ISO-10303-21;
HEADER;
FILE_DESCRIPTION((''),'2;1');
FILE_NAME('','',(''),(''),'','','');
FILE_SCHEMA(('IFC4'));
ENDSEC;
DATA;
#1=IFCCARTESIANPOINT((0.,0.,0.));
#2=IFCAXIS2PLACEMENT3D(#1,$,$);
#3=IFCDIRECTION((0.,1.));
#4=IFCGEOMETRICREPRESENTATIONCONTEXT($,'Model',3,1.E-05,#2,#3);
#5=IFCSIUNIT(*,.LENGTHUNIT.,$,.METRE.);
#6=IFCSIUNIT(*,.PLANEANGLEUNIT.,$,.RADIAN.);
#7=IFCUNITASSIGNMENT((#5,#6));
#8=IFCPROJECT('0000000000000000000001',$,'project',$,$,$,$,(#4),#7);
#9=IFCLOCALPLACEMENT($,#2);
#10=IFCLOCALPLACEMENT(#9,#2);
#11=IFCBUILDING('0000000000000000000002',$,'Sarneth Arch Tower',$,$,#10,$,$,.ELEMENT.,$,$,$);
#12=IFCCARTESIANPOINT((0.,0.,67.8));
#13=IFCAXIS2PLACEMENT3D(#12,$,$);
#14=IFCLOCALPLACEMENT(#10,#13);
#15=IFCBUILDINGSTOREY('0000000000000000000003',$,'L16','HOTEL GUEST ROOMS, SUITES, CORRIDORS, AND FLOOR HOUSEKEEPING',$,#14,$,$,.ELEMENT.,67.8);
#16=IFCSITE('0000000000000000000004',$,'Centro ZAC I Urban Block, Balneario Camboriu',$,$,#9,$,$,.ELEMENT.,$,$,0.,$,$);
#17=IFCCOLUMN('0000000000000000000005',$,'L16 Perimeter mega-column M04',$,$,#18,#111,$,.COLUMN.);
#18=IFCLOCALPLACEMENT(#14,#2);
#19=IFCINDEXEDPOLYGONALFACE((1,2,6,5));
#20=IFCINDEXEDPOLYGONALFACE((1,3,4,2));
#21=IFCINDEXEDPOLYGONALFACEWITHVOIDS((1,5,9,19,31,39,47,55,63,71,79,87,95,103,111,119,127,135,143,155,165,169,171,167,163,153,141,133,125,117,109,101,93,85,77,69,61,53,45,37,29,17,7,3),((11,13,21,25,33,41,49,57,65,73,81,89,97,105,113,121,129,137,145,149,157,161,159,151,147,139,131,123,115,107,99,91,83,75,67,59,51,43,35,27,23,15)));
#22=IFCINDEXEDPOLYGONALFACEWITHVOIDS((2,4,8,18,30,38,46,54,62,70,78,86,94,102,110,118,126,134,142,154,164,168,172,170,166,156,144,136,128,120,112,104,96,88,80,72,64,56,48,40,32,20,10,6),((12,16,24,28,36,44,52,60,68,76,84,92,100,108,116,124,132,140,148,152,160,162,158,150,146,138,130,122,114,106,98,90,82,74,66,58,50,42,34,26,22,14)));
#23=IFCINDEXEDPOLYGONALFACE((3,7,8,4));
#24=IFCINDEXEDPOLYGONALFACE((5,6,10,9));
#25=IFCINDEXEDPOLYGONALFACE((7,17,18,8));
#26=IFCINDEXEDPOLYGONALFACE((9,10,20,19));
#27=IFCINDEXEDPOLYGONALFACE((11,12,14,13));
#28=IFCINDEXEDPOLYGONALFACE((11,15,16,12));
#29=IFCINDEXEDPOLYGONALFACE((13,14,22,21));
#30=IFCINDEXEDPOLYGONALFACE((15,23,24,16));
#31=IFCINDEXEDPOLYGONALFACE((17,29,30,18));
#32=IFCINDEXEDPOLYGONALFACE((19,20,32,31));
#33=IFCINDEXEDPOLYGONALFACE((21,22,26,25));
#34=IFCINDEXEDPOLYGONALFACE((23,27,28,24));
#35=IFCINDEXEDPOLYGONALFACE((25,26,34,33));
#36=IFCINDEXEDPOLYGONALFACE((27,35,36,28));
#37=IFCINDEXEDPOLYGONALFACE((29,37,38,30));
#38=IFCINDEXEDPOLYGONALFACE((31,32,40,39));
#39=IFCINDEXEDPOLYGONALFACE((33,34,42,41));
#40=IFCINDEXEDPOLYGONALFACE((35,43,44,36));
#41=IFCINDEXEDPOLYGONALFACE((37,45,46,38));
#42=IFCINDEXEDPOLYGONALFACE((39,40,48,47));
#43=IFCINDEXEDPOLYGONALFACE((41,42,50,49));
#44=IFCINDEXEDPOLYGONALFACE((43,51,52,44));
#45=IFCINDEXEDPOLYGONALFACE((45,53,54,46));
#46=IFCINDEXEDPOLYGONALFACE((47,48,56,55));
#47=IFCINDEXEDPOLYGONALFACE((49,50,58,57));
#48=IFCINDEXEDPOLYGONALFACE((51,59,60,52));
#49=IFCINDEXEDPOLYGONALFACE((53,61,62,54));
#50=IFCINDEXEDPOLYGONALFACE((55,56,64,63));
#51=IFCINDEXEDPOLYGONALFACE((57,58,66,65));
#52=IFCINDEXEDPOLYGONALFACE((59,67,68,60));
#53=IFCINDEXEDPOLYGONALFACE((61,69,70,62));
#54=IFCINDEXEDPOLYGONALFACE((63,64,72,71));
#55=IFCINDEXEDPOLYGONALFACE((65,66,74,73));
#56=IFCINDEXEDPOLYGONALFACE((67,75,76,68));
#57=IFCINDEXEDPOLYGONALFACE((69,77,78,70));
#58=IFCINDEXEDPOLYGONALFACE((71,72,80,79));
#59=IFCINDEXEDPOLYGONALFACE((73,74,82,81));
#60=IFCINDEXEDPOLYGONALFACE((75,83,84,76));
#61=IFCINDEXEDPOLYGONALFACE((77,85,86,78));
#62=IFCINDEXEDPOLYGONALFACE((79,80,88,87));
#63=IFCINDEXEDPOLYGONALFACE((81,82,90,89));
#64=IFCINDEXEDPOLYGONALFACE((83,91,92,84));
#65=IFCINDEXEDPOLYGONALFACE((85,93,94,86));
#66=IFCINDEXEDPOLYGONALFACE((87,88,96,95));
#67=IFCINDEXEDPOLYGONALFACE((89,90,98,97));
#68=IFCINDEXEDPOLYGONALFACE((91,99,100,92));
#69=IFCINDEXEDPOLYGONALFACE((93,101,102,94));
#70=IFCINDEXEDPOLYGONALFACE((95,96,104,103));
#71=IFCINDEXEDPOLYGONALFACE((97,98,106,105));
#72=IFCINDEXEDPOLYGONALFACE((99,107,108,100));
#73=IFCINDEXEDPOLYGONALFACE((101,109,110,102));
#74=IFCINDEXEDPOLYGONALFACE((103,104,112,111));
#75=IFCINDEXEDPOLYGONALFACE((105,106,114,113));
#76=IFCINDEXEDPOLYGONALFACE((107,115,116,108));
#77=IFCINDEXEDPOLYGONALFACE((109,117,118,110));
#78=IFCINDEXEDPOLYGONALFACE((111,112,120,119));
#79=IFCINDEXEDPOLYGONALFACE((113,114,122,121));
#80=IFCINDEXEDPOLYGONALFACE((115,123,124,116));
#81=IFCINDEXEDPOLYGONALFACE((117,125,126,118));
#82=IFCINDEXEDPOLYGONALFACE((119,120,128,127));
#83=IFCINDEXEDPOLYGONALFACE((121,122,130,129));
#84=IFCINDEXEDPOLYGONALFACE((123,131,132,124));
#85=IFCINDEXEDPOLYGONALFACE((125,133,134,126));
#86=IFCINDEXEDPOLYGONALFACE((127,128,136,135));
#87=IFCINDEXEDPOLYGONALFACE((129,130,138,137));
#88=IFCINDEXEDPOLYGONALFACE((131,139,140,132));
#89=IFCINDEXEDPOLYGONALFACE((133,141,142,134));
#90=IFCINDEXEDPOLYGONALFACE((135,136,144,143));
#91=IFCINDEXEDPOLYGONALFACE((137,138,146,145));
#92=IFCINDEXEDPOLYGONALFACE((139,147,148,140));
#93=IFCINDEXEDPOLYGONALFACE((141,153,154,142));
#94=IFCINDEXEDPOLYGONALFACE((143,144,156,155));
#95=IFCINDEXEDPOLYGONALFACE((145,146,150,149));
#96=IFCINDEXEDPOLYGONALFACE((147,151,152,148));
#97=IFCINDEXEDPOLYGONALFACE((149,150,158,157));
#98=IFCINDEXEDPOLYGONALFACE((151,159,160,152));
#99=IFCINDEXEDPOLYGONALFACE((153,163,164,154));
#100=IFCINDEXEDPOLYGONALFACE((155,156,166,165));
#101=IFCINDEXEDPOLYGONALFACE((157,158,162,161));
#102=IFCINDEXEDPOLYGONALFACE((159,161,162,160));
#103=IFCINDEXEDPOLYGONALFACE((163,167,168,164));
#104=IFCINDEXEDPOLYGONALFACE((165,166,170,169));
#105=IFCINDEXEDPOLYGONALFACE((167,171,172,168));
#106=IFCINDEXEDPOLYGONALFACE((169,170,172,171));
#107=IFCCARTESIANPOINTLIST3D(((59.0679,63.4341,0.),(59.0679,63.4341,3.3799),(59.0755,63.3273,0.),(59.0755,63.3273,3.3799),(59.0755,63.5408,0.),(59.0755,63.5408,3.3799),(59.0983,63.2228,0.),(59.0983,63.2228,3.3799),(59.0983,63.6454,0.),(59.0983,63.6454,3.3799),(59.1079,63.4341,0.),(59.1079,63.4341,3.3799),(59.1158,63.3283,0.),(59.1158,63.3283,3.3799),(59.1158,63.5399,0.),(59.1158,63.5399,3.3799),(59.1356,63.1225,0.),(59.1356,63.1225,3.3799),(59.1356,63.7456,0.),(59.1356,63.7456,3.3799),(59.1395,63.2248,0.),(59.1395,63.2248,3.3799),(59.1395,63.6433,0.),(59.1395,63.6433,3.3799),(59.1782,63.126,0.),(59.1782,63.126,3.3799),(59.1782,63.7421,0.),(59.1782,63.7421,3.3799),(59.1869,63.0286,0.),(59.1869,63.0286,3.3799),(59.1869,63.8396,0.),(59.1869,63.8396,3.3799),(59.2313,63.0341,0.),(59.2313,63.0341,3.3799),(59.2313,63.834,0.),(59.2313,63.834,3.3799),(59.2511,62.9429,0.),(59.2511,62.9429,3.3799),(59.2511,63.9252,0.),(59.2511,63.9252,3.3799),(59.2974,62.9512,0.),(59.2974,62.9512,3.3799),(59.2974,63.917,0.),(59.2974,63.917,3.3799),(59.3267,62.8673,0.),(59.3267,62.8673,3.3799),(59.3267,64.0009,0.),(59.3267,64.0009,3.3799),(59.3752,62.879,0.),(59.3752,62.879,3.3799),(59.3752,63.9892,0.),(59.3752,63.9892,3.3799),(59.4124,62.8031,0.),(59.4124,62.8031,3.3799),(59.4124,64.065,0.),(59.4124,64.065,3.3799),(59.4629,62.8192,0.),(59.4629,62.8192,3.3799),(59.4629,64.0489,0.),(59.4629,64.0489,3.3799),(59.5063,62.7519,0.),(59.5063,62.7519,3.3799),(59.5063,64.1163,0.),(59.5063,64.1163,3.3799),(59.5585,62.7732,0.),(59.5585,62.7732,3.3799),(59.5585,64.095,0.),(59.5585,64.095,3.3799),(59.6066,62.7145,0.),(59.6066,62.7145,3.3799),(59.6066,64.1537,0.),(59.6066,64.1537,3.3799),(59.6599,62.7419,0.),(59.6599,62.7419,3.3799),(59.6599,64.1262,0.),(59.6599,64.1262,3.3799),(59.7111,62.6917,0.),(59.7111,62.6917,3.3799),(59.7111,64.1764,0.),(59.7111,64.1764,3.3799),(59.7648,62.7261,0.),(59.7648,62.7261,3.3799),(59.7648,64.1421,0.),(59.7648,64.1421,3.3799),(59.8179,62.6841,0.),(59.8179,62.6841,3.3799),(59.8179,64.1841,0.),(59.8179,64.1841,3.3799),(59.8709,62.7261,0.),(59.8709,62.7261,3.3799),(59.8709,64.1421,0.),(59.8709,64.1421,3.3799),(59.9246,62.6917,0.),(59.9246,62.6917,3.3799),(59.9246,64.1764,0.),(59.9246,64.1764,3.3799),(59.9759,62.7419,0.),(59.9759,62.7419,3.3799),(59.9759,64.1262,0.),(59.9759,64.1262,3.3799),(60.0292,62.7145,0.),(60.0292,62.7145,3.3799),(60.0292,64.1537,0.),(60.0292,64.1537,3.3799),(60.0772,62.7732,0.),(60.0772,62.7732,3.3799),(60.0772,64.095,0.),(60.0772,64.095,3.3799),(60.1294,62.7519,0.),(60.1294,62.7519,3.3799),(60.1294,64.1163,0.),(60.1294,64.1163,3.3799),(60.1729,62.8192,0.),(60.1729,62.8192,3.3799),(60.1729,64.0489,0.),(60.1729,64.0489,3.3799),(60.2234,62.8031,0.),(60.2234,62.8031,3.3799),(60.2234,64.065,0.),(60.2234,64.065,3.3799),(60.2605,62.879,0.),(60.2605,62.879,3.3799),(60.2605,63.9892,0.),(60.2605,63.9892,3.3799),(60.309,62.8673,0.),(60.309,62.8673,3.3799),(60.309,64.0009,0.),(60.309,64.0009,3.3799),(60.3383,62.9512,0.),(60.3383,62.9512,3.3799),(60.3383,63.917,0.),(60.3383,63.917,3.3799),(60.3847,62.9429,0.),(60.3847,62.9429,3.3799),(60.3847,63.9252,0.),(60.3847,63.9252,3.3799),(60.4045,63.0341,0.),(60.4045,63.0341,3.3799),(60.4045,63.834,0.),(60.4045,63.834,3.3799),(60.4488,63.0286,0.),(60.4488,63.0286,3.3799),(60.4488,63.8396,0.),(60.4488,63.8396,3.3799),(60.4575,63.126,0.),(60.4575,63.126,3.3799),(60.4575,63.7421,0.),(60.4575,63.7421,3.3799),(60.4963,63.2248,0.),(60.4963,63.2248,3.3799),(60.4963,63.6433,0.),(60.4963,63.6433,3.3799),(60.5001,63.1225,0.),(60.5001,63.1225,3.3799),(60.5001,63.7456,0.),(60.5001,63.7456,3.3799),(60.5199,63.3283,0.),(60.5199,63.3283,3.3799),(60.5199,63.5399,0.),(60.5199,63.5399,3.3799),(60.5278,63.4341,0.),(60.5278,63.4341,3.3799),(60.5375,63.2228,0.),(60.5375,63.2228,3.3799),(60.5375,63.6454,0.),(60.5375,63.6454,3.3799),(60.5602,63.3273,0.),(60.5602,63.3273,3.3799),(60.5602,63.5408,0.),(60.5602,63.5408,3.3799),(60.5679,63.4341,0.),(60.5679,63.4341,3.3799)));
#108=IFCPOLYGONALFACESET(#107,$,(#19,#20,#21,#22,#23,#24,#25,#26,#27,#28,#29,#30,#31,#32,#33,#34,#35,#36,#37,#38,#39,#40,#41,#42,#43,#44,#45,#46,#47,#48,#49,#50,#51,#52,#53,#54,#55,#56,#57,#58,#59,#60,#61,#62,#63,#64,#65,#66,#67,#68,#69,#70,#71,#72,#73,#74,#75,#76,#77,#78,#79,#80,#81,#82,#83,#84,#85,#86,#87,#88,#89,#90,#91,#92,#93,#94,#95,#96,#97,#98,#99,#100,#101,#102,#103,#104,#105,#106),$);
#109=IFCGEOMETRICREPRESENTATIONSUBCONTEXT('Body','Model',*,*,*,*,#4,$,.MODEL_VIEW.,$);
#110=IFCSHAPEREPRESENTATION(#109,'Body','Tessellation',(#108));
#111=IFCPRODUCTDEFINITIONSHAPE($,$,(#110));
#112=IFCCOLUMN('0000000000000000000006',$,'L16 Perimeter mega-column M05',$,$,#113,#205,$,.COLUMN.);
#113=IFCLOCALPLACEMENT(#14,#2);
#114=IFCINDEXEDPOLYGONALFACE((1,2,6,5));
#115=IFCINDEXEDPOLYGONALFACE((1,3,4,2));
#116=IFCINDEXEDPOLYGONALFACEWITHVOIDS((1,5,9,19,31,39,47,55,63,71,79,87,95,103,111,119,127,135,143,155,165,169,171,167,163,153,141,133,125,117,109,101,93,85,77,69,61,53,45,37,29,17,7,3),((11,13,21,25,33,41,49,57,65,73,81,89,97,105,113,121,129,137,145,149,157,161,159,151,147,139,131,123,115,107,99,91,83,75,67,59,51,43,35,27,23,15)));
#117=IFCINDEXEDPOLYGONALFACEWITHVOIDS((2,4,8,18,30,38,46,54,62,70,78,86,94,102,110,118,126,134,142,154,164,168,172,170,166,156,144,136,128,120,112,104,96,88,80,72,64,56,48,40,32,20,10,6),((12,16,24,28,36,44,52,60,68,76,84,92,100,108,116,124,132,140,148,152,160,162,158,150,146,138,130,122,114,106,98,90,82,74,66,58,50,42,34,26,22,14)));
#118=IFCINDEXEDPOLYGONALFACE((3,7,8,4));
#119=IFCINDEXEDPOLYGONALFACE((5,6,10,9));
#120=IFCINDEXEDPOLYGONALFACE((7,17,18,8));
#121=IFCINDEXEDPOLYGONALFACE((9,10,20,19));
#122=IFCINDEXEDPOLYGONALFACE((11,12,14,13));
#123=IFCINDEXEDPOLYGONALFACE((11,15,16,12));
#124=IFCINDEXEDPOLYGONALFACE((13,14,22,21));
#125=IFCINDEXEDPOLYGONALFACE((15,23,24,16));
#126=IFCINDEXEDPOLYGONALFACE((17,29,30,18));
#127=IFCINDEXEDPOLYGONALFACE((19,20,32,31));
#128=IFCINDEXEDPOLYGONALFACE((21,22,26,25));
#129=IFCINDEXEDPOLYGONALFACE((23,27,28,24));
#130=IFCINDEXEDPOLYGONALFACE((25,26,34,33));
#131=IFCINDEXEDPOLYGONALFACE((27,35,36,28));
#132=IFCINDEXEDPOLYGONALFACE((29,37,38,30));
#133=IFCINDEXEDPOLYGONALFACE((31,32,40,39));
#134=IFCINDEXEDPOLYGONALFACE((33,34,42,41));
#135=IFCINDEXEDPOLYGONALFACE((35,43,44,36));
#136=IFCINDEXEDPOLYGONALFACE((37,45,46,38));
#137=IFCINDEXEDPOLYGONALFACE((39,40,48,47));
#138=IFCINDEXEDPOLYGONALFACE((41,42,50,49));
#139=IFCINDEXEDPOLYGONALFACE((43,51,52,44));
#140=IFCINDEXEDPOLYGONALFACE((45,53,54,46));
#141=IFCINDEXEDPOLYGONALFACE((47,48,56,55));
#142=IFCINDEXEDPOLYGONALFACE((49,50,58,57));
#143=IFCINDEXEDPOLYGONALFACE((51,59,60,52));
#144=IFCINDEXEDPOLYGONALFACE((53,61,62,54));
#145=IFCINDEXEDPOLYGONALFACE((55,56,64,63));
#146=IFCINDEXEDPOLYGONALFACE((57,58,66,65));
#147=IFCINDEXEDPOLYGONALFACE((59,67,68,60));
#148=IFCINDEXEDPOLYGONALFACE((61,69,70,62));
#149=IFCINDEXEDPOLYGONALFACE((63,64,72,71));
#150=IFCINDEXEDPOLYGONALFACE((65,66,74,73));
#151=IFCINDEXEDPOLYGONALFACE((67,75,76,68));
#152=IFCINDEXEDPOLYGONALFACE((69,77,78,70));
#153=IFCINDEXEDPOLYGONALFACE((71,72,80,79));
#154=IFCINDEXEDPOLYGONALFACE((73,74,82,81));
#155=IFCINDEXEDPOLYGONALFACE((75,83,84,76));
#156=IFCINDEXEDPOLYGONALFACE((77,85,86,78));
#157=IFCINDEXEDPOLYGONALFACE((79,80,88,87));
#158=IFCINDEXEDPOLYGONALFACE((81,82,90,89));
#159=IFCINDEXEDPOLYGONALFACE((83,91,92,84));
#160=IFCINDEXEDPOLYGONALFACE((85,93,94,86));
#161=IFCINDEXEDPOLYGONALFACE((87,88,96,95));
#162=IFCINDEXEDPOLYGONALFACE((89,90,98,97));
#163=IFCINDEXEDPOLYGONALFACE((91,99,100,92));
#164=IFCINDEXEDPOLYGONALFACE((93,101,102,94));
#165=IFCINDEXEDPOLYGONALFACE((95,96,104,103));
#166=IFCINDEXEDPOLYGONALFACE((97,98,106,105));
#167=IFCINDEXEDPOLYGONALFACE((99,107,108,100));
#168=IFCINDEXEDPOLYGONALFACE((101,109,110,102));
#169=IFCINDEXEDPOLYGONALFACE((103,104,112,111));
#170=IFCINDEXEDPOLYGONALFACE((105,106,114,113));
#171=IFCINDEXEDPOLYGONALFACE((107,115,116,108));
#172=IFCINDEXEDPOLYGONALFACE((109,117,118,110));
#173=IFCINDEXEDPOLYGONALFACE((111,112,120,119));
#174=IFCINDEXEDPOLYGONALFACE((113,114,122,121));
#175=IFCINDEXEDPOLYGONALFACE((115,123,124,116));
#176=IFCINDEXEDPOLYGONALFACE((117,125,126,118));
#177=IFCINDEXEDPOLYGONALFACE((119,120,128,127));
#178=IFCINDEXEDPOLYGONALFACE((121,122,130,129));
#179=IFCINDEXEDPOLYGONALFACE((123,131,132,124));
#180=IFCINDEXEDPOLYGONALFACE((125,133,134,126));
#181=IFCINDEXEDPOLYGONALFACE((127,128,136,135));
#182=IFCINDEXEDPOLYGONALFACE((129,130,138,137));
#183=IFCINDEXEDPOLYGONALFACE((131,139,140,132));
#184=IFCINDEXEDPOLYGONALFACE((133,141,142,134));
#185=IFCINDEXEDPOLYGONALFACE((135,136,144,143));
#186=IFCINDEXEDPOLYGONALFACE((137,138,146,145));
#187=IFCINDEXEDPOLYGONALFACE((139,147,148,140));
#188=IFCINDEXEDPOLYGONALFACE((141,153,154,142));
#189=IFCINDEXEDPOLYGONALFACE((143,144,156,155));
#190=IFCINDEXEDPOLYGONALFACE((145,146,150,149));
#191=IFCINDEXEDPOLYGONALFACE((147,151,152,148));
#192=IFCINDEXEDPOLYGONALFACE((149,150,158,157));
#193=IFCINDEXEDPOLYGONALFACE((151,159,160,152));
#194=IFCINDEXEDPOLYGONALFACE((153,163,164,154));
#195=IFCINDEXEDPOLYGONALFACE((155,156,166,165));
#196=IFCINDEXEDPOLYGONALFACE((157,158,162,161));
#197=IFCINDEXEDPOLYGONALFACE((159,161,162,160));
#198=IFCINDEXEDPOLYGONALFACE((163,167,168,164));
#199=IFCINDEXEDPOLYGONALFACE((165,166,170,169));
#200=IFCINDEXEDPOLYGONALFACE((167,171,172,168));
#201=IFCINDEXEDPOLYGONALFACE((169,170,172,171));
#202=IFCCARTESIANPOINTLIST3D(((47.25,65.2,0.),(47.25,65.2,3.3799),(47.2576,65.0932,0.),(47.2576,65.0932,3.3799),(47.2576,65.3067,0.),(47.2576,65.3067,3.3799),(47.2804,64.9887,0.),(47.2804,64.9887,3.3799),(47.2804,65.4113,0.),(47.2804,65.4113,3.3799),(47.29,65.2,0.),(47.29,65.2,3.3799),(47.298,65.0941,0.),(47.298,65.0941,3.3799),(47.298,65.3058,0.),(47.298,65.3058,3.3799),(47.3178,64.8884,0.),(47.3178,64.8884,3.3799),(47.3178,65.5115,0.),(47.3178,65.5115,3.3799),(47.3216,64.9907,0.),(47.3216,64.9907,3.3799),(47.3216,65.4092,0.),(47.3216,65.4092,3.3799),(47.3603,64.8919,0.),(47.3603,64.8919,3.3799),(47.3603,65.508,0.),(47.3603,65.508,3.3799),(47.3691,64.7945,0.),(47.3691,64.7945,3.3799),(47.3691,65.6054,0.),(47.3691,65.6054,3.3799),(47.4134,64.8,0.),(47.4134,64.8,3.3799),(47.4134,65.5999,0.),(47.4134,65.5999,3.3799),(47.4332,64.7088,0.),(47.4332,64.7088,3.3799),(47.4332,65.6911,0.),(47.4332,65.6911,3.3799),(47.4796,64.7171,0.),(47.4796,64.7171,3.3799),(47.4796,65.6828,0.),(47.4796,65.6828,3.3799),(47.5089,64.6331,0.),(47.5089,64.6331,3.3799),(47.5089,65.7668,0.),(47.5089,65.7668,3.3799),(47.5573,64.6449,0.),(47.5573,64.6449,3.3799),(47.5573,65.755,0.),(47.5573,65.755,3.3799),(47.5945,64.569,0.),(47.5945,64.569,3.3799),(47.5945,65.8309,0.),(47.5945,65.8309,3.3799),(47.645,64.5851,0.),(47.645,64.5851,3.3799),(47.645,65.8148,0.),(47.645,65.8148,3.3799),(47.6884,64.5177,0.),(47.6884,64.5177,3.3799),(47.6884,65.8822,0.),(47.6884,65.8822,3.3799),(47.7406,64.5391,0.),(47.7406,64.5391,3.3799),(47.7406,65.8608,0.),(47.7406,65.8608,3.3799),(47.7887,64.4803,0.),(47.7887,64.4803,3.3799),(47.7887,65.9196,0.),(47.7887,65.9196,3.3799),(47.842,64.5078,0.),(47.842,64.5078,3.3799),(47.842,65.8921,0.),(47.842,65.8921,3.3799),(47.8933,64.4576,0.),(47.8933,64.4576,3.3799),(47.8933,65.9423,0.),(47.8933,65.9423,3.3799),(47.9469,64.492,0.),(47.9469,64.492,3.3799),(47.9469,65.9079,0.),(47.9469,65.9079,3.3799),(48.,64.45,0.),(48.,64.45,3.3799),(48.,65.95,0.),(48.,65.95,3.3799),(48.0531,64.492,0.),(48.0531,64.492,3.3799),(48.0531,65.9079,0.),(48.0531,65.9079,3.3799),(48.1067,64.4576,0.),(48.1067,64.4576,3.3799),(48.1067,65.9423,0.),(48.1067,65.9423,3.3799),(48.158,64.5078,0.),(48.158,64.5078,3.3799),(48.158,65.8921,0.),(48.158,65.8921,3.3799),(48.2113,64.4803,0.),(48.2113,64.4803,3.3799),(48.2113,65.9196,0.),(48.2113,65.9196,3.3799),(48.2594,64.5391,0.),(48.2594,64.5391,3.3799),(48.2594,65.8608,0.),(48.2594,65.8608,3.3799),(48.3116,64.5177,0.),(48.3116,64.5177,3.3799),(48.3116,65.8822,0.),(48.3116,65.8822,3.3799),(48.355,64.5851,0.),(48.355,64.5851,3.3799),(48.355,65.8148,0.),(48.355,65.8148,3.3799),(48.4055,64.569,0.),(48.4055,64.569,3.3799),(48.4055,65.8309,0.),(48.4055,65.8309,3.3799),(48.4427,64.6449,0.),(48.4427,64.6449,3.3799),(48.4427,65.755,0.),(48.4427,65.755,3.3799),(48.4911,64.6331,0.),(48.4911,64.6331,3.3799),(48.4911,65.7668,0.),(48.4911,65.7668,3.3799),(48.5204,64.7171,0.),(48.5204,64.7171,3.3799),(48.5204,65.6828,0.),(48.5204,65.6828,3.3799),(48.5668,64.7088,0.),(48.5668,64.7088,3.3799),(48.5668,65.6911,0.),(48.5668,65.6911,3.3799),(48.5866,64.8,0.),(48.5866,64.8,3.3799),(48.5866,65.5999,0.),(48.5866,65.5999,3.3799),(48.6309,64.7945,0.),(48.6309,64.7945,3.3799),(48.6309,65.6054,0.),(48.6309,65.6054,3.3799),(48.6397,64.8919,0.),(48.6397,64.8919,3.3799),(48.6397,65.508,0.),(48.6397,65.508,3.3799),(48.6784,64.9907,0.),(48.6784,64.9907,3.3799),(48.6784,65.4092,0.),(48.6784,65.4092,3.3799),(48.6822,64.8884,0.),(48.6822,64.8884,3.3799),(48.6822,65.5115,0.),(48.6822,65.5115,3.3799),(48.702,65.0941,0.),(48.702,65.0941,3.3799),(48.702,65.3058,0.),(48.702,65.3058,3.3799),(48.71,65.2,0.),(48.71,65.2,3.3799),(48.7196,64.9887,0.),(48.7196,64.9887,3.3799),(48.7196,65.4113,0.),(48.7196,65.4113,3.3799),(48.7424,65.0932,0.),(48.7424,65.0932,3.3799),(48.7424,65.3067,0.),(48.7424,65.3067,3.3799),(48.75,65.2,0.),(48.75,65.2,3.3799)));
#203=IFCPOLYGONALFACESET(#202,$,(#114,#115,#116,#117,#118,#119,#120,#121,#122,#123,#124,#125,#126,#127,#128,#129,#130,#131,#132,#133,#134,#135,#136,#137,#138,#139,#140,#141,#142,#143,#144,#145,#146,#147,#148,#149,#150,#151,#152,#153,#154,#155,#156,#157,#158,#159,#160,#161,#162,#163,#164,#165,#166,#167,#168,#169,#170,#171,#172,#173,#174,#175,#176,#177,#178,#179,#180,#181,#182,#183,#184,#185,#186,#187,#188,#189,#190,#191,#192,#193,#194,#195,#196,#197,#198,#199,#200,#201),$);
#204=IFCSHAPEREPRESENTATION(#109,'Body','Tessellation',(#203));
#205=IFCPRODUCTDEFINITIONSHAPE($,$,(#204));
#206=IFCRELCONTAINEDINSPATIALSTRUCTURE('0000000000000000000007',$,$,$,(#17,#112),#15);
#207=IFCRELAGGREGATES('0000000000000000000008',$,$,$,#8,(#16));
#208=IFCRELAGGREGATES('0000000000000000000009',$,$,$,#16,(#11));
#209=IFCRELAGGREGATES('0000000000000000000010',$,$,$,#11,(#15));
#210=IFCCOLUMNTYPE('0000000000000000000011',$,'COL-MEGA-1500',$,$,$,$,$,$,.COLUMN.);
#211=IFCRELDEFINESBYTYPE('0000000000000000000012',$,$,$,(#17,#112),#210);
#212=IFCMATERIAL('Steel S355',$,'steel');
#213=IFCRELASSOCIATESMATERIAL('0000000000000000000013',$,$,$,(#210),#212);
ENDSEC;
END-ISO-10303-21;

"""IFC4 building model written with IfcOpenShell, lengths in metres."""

from ifc_helpers import new_model, si_unit, direction, frame, origin, origin_2d, place, context, subcontext, project, spatial, hollow_circle, extrude, material, material_profile, profile_set, type_object, element, save


model = new_model("IFC4")

# Units and contexts
model_context = context("Model", 3, precision=1e-05, world=origin(), true_north=direction((0.0, 1.0)))
body_context = subcontext(model_context, "Body", "Model", "MODEL_VIEW")
ifc_project = project(units=[si_unit("LENGTHUNIT", "METRE"), si_unit("PLANEANGLEUNIT", "RADIAN")], contexts=[model_context])

# Site, building, storey
site_placement = place(None, origin())
site = spatial("IfcSite", under=ifc_project, at=site_placement, Name="Centro ZAC I Urban Block, Balneario Camboriu", CompositionType="ELEMENT", RefElevation=0.0)
building_placement = place(site_placement, origin())
building = spatial("IfcBuilding", under=site, at=building_placement, Name="Sarneth Arch Tower", CompositionType="ELEMENT")
storey_placement = place(building_placement, frame((0.0, 0.0, 67.8)))
storey = spatial("IfcBuildingStorey", under=building, at=storey_placement, Name="L16", Description="HOTEL GUEST ROOMS, SUITES, CORRIDORS, AND FLOOR HOUSEKEEPING", CompositionType="ELEMENT", Elevation=67.8)

# Columns
ifc_material_1 = material(Name="Steel S355", Category="steel")
ifc_material_profile_1 = material_profile(ifc_material_1, hollow_circle(Radius=0.75, WallThickness=0.04, at=origin_2d()), Name="CHS1500x40")
ifc_profile_set_1 = profile_set([ifc_material_profile_1], Name="Steel S355")
column_type = type_object("IfcColumnType", Name="COL-MEGA-1500", PredefinedType="COLUMN", material=ifc_profile_set_1)
for number, where, z_axis, x_axis, name in (
    (1, (59.8179, 63.4341, 0.0), (0.0, 0.0, 1.0), (1.0, 0.0, 0.0), "L16 Perimeter mega-column M04"),
    (2, (48.0, 65.2, 0.0), (0.0, 0.0, 1.0), (1.0, 0.0, 0.0), "L16 Perimeter mega-column M05"),
):
    element("IfcColumn", number, at=place(storey_placement, frame(where, z_axis=z_axis, x_axis=x_axis)), inside=storey, type_object=column_type, Name=name, PredefinedType="COLUMN", context=body_context, shape_type="SweptSolid", body=[
        extrude(hollow_circle(Radius=0.75, WallThickness=0.04, at=origin_2d()), origin(), (0.0, 0.0, 1.0), 3.3799),
    ])

save(model, "model.ifc")
